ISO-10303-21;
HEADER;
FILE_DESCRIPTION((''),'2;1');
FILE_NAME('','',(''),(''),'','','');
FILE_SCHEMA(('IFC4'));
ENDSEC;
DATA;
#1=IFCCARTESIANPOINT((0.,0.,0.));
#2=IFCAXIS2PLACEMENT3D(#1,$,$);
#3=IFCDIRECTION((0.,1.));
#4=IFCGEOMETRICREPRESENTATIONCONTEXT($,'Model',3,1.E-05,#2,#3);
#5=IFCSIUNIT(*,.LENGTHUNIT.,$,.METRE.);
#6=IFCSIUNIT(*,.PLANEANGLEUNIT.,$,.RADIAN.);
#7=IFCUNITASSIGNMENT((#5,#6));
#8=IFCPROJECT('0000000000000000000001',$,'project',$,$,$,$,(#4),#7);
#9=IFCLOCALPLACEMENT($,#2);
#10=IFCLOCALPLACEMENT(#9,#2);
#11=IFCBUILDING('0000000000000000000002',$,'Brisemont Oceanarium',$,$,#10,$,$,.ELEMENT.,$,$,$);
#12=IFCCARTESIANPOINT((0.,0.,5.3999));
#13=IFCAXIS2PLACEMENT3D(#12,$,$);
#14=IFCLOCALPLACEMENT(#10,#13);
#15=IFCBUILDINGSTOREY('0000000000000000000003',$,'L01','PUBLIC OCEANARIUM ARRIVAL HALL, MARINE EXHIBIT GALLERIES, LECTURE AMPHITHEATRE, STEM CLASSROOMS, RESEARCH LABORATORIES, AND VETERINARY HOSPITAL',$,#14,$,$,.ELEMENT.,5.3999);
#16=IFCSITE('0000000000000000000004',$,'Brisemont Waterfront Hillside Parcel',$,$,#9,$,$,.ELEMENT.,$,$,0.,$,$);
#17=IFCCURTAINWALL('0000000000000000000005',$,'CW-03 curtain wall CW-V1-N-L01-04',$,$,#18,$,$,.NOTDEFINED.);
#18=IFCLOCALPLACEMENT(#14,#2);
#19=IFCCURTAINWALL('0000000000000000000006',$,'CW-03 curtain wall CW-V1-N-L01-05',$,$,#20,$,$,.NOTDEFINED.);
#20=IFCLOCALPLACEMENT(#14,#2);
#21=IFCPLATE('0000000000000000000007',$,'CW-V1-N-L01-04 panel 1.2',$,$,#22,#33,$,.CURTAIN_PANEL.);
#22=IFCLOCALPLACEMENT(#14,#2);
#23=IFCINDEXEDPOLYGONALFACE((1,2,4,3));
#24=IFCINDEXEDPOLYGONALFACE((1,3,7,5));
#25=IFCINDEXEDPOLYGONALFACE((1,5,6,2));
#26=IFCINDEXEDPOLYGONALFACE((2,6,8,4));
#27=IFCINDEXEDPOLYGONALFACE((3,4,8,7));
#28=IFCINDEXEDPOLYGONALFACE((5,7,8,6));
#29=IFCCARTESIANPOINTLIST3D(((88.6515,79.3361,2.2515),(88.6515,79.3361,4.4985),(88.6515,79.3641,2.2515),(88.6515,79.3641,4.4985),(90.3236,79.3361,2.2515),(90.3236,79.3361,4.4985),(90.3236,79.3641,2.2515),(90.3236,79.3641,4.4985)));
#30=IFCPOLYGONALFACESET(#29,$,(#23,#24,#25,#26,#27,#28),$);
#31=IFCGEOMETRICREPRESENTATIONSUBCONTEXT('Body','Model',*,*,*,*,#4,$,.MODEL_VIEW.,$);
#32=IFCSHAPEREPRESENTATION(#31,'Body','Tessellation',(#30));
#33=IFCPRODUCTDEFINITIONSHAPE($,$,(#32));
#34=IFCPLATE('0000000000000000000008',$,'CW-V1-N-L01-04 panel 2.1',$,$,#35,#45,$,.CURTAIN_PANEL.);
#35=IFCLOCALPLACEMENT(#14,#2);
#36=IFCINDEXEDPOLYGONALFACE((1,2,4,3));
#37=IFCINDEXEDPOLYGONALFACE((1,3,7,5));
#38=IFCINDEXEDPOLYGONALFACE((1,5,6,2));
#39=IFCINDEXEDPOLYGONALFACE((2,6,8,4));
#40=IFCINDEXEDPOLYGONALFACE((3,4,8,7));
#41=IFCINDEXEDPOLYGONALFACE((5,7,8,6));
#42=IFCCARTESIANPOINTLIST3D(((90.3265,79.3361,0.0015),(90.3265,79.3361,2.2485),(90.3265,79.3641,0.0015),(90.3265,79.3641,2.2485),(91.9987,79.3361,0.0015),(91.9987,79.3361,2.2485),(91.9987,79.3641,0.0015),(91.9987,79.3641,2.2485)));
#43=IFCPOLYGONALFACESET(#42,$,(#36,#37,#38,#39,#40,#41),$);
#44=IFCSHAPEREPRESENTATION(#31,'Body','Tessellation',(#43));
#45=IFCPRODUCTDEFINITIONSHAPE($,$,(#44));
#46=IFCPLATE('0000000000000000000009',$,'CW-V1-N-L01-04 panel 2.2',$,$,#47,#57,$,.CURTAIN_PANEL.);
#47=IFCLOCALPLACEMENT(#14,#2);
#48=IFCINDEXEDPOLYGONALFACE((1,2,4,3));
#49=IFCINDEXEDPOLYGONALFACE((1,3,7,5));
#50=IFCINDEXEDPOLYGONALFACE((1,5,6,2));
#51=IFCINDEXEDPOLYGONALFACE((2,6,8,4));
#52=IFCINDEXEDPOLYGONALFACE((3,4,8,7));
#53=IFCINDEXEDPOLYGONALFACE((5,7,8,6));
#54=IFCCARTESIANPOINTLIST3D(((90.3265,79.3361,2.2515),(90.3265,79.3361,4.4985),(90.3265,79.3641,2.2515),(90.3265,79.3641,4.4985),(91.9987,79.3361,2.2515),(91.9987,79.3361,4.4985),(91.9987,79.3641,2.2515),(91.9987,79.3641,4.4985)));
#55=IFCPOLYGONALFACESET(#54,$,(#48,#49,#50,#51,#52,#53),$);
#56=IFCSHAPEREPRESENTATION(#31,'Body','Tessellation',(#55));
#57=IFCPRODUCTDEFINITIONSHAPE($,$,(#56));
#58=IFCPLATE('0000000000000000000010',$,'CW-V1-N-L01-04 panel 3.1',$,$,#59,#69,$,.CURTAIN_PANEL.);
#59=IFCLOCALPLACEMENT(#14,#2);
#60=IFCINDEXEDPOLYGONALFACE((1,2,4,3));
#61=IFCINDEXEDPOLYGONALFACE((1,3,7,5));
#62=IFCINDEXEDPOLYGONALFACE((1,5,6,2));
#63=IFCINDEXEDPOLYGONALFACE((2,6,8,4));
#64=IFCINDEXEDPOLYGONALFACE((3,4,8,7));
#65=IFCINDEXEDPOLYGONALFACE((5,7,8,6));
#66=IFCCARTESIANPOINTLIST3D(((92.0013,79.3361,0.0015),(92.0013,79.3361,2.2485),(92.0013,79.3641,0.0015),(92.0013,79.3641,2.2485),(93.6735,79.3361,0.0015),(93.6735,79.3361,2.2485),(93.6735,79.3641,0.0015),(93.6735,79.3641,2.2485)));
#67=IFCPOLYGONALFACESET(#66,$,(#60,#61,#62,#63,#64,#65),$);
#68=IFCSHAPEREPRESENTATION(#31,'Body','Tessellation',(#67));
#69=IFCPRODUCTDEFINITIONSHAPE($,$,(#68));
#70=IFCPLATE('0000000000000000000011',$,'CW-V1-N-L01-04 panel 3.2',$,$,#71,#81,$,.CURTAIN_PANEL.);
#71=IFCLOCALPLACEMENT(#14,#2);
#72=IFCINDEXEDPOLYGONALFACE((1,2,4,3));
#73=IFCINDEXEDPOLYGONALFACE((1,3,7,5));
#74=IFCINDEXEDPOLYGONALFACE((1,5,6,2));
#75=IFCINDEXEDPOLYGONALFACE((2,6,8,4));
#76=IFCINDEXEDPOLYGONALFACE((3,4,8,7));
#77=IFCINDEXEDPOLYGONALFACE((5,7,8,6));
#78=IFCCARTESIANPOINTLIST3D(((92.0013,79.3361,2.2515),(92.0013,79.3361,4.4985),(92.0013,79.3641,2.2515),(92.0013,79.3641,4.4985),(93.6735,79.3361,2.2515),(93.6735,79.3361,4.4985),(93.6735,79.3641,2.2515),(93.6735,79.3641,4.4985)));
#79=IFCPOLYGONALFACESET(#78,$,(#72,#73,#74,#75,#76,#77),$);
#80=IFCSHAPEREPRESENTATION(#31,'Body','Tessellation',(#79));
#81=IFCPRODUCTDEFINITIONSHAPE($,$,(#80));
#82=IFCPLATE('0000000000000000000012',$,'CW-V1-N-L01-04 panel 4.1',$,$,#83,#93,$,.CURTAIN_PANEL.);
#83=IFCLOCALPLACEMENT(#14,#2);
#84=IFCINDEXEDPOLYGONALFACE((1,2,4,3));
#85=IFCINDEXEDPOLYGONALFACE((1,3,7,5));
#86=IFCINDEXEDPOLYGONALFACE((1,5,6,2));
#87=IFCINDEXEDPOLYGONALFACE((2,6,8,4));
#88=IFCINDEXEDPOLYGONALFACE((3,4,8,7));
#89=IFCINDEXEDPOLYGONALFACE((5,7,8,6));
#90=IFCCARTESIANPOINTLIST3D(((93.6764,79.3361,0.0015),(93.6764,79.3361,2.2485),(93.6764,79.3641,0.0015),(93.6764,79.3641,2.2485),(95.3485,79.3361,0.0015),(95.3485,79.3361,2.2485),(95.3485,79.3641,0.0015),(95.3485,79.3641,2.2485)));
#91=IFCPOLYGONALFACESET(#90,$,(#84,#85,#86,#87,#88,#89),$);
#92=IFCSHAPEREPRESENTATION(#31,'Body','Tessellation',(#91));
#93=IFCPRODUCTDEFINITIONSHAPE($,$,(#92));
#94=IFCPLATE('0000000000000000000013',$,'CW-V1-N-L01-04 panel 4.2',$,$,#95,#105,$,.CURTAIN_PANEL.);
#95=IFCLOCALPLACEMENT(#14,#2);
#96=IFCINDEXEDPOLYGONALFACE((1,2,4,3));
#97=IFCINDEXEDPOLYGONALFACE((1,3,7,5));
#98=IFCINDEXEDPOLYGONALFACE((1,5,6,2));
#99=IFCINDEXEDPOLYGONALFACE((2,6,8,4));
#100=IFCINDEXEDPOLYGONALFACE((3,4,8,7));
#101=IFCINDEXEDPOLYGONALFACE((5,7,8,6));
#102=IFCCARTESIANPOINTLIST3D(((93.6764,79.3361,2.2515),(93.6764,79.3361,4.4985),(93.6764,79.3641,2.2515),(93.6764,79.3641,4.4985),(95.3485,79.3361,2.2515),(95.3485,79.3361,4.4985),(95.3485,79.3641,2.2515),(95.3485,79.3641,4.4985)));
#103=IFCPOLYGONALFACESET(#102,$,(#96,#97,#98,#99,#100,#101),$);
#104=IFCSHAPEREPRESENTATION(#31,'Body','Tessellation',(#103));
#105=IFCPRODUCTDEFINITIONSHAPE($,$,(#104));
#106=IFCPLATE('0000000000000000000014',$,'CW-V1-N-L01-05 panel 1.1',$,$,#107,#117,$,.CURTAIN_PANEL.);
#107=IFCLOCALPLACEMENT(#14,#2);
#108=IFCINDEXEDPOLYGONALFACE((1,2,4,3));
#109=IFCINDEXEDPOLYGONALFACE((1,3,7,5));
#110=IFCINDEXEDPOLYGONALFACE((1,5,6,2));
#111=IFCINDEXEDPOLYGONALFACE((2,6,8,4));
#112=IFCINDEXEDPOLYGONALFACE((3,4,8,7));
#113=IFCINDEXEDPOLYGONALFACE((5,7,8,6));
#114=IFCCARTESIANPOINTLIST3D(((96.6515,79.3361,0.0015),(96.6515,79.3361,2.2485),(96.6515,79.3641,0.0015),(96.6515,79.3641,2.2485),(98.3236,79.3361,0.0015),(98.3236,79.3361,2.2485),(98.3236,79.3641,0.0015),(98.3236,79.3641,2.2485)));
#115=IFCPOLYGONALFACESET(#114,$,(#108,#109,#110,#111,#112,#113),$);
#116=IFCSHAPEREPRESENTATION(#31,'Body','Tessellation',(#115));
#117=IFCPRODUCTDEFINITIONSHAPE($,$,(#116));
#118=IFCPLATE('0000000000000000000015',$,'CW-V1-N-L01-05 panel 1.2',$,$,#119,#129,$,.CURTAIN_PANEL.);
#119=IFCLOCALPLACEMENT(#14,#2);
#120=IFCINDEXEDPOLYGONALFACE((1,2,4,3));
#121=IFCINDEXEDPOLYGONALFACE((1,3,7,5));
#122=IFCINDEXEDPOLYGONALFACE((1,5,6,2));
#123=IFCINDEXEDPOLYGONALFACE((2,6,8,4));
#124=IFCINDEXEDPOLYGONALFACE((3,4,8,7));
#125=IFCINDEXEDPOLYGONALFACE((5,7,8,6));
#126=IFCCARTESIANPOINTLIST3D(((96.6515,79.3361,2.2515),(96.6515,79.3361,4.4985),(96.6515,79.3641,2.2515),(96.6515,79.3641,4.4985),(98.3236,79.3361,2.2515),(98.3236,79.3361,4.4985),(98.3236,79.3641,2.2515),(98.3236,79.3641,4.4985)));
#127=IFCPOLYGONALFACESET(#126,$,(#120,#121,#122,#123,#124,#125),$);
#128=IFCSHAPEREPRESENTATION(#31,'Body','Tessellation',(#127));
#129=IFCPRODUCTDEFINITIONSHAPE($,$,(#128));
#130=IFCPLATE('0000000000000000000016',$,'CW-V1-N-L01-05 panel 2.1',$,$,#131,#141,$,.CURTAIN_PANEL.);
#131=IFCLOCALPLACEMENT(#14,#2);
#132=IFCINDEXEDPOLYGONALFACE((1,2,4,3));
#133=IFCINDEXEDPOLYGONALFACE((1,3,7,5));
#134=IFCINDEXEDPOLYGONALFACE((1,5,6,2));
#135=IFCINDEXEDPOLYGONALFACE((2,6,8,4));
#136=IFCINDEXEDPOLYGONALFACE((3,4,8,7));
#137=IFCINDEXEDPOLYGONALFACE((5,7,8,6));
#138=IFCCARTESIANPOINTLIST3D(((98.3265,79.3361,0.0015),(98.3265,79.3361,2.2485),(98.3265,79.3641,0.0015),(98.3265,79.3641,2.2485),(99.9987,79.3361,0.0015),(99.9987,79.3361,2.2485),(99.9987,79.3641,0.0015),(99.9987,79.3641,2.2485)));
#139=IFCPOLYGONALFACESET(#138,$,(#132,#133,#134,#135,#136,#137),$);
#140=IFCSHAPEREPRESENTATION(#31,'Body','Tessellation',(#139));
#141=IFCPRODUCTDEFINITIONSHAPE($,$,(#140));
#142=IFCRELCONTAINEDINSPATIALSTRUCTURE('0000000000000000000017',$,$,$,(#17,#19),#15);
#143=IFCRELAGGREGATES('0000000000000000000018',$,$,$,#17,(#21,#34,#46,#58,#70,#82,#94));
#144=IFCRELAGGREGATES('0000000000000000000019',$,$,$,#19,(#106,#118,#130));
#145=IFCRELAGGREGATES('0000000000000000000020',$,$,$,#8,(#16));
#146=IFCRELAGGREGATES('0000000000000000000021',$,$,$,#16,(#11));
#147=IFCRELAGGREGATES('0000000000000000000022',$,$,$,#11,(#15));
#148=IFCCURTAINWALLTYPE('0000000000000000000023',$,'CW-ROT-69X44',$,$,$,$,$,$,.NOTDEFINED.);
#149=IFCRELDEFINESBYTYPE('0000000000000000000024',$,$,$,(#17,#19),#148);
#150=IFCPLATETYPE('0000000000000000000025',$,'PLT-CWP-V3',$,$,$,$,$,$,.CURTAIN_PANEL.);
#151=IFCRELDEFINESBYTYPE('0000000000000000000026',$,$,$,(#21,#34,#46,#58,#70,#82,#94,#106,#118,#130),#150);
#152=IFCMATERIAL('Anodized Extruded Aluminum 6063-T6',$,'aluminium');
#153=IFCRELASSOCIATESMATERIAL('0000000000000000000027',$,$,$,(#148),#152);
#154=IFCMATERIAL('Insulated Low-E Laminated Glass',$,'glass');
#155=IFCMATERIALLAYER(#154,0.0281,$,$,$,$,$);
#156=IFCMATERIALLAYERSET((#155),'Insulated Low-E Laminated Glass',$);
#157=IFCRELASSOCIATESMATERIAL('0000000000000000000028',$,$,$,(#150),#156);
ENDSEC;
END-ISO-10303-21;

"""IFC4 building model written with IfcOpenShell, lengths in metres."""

from ifc_helpers import new_model, si_unit, direction, frame, origin, origin_2d, place, context, subcontext, project, spatial, rectangle, extrude, material, layer, layer_set, type_object, element, aggregate, save


model = new_model("IFC4")

# Units and contexts
model_context = context("Model", 3, precision=1e-05, world=origin(), true_north=direction((0.0, 1.0)))
body_context = subcontext(model_context, "Body", "Model", "MODEL_VIEW")
ifc_project = project(units=[si_unit("LENGTHUNIT", "METRE"), si_unit("PLANEANGLEUNIT", "RADIAN")], contexts=[model_context])

# Site, building, storey
site_placement = place(None, origin())
site = spatial("IfcSite", under=ifc_project, at=site_placement, Name="Brisemont Waterfront Hillside Parcel", CompositionType="ELEMENT", RefElevation=0.0)
building_placement = place(site_placement, origin())
building = spatial("IfcBuilding", under=site, at=building_placement, Name="Brisemont Oceanarium", CompositionType="ELEMENT")
storey_placement = place(building_placement, frame((0.0, 0.0, 5.3999)))
storey = spatial("IfcBuildingStorey", under=building, at=storey_placement, Name="L01", Description="PUBLIC OCEANARIUM ARRIVAL HALL, MARINE EXHIBIT GALLERIES, LECTURE AMPHITHEATRE, STEM CLASSROOMS, RESEARCH LABORATORIES, AND VETERINARY HOSPITAL", CompositionType="ELEMENT", Elevation=5.3999)

# Curtain walls
ifc_material_1 = material(Name="Anodized Extruded Aluminum 6063-T6", Category="aluminium")
curtain_wall_type = type_object("IfcCurtainWallType", Name="CW-ROT-69X44", PredefinedType="NOTDEFINED", material=ifc_material_1)
curtain_wall_1_placement = place(storey_placement, origin())
curtain_wall_1 = element("IfcCurtainWall", 1, at=curtain_wall_1_placement, inside=storey, type_object=curtain_wall_type, Name="CW-03 curtain wall CW-V1-N-L01-04", PredefinedType="NOTDEFINED")
curtain_wall_2_placement = place(storey_placement, origin())
curtain_wall_2 = element("IfcCurtainWall", 2, at=curtain_wall_2_placement, inside=storey, type_object=curtain_wall_type, Name="CW-03 curtain wall CW-V1-N-L01-05", PredefinedType="NOTDEFINED")

# Plates
ifc_material_2 = material(Name="Insulated Low-E Laminated Glass", Category="glass")
ifc_layer = layer(ifc_material_2, 0.0281)
ifc_layer_set = layer_set([ifc_layer], Name="Insulated Low-E Laminated Glass")
plate_type = type_object("IfcPlateType", Name="PLT-CWP-V3", PredefinedType="CURTAIN_PANEL", material=ifc_layer_set)
plate_1_placement = place(storey_placement, frame((89.4875, 79.3501, 2.2515), z_axis=(0.0, 0.0, 1.0), x_axis=(1.0, 0.0, 0.0)))
plate_1 = element("IfcPlate", 3, at=plate_1_placement, type_object=plate_type, Name="CW-V1-N-L01-04 panel 1.2", PredefinedType="CURTAIN_PANEL", context=body_context, shape_type="SweptSolid", body=[
    extrude(rectangle(XDim=1.6721, YDim=0.0281, at=origin_2d()), origin(), (0.0, 0.0, 1.0), 2.2471),
])
plate_2_placement = place(storey_placement, frame((91.1626, 79.3501, 0.0015), z_axis=(0.0, 0.0, 1.0), x_axis=(1.0, 0.0, 0.0)))
plate_2 = element("IfcPlate", 4, at=plate_2_placement, type_object=plate_type, Name="CW-V1-N-L01-04 panel 2.1", PredefinedType="CURTAIN_PANEL", context=body_context, shape_type="SweptSolid", body=[
    extrude(rectangle(XDim=1.6721, YDim=0.0281, at=origin_2d()), origin(), (0.0, 0.0, 1.0), 2.2471),
])
plate_3_placement = place(storey_placement, frame((91.1626, 79.3501, 2.2515), z_axis=(0.0, 0.0, 1.0), x_axis=(1.0, 0.0, 0.0)))
plate_3 = element("IfcPlate", 5, at=plate_3_placement, type_object=plate_type, Name="CW-V1-N-L01-04 panel 2.2", PredefinedType="CURTAIN_PANEL", context=body_context, shape_type="SweptSolid", body=[
    extrude(rectangle(XDim=1.6721, YDim=0.0281, at=origin_2d()), origin(), (0.0, 0.0, 1.0), 2.2471),
])
plate_4_placement = place(storey_placement, frame((92.8374, 79.3501, 0.0015), z_axis=(0.0, 0.0, 1.0), x_axis=(1.0, 0.0, 0.0)))
plate_4 = element("IfcPlate", 6, at=plate_4_placement, type_object=plate_type, Name="CW-V1-N-L01-04 panel 3.1", PredefinedType="CURTAIN_PANEL", context=body_context, shape_type="SweptSolid", body=[
    extrude(rectangle(XDim=1.6721, YDim=0.0281, at=origin_2d()), origin(), (0.0, 0.0, 1.0), 2.2471),
])
plate_5_placement = place(storey_placement, frame((92.8374, 79.3501, 2.2515), z_axis=(0.0, 0.0, 1.0), x_axis=(1.0, 0.0, 0.0)))
plate_5 = element("IfcPlate", 7, at=plate_5_placement, type_object=plate_type, Name="CW-V1-N-L01-04 panel 3.2", PredefinedType="CURTAIN_PANEL", context=body_context, shape_type="SweptSolid", body=[
    extrude(rectangle(XDim=1.6721, YDim=0.0281, at=origin_2d()), origin(), (0.0, 0.0, 1.0), 2.2471),
])
plate_6_placement = place(storey_placement, frame((94.5125, 79.3501, 0.0015), z_axis=(0.0, 0.0, 1.0), x_axis=(1.0, 0.0, 0.0)))
plate_6 = element("IfcPlate", 8, at=plate_6_placement, type_object=plate_type, Name="CW-V1-N-L01-04 panel 4.1", PredefinedType="CURTAIN_PANEL", context=body_context, shape_type="SweptSolid", body=[
    extrude(rectangle(XDim=1.6721, YDim=0.0281, at=origin_2d()), origin(), (0.0, 0.0, 1.0), 2.2471),
])
plate_7_placement = place(storey_placement, frame((94.5125, 79.3501, 2.2515), z_axis=(0.0, 0.0, 1.0), x_axis=(1.0, 0.0, 0.0)))
plate_7 = element("IfcPlate", 9, at=plate_7_placement, type_object=plate_type, Name="CW-V1-N-L01-04 panel 4.2", PredefinedType="CURTAIN_PANEL", context=body_context, shape_type="SweptSolid", body=[
    extrude(rectangle(XDim=1.6721, YDim=0.0281, at=origin_2d()), origin(), (0.0, 0.0, 1.0), 2.2471),
])
aggregate(curtain_wall_1, [plate_1, plate_2, plate_3, plate_4, plate_5, plate_6, plate_7])
plate_8_placement = place(storey_placement, frame((97.4875, 79.3501, 0.0015), z_axis=(0.0, 0.0, 1.0), x_axis=(1.0, 0.0, 0.0)))
plate_8 = element("IfcPlate", 10, at=plate_8_placement, type_object=plate_type, Name="CW-V1-N-L01-05 panel 1.1", PredefinedType="CURTAIN_PANEL", context=body_context, shape_type="SweptSolid", body=[
    extrude(rectangle(XDim=1.6721, YDim=0.0281, at=origin_2d()), origin(), (0.0, 0.0, 1.0), 2.2471),
])
plate_9_placement = place(storey_placement, frame((97.4875, 79.3501, 2.2515), z_axis=(0.0, 0.0, 1.0), x_axis=(1.0, 0.0, 0.0)))
plate_9 = element("IfcPlate", 11, at=plate_9_placement, type_object=plate_type, Name="CW-V1-N-L01-05 panel 1.2", PredefinedType="CURTAIN_PANEL", context=body_context, shape_type="SweptSolid", body=[
    extrude(rectangle(XDim=1.6721, YDim=0.0281, at=origin_2d()), origin(), (0.0, 0.0, 1.0), 2.2471),
])
plate_10_placement = place(storey_placement, frame((99.1626, 79.3501, 0.0015), z_axis=(0.0, 0.0, 1.0), x_axis=(1.0, 0.0, 0.0)))
plate_10 = element("IfcPlate", 12, at=plate_10_placement, type_object=plate_type, Name="CW-V1-N-L01-05 panel 2.1", PredefinedType="CURTAIN_PANEL", context=body_context, shape_type="SweptSolid", body=[
    extrude(rectangle(XDim=1.6721, YDim=0.0281, at=origin_2d()), origin(), (0.0, 0.0, 1.0), 2.2471),
])
aggregate(curtain_wall_2, [plate_8, plate_9, plate_10])

save(model, "model.ifc")
